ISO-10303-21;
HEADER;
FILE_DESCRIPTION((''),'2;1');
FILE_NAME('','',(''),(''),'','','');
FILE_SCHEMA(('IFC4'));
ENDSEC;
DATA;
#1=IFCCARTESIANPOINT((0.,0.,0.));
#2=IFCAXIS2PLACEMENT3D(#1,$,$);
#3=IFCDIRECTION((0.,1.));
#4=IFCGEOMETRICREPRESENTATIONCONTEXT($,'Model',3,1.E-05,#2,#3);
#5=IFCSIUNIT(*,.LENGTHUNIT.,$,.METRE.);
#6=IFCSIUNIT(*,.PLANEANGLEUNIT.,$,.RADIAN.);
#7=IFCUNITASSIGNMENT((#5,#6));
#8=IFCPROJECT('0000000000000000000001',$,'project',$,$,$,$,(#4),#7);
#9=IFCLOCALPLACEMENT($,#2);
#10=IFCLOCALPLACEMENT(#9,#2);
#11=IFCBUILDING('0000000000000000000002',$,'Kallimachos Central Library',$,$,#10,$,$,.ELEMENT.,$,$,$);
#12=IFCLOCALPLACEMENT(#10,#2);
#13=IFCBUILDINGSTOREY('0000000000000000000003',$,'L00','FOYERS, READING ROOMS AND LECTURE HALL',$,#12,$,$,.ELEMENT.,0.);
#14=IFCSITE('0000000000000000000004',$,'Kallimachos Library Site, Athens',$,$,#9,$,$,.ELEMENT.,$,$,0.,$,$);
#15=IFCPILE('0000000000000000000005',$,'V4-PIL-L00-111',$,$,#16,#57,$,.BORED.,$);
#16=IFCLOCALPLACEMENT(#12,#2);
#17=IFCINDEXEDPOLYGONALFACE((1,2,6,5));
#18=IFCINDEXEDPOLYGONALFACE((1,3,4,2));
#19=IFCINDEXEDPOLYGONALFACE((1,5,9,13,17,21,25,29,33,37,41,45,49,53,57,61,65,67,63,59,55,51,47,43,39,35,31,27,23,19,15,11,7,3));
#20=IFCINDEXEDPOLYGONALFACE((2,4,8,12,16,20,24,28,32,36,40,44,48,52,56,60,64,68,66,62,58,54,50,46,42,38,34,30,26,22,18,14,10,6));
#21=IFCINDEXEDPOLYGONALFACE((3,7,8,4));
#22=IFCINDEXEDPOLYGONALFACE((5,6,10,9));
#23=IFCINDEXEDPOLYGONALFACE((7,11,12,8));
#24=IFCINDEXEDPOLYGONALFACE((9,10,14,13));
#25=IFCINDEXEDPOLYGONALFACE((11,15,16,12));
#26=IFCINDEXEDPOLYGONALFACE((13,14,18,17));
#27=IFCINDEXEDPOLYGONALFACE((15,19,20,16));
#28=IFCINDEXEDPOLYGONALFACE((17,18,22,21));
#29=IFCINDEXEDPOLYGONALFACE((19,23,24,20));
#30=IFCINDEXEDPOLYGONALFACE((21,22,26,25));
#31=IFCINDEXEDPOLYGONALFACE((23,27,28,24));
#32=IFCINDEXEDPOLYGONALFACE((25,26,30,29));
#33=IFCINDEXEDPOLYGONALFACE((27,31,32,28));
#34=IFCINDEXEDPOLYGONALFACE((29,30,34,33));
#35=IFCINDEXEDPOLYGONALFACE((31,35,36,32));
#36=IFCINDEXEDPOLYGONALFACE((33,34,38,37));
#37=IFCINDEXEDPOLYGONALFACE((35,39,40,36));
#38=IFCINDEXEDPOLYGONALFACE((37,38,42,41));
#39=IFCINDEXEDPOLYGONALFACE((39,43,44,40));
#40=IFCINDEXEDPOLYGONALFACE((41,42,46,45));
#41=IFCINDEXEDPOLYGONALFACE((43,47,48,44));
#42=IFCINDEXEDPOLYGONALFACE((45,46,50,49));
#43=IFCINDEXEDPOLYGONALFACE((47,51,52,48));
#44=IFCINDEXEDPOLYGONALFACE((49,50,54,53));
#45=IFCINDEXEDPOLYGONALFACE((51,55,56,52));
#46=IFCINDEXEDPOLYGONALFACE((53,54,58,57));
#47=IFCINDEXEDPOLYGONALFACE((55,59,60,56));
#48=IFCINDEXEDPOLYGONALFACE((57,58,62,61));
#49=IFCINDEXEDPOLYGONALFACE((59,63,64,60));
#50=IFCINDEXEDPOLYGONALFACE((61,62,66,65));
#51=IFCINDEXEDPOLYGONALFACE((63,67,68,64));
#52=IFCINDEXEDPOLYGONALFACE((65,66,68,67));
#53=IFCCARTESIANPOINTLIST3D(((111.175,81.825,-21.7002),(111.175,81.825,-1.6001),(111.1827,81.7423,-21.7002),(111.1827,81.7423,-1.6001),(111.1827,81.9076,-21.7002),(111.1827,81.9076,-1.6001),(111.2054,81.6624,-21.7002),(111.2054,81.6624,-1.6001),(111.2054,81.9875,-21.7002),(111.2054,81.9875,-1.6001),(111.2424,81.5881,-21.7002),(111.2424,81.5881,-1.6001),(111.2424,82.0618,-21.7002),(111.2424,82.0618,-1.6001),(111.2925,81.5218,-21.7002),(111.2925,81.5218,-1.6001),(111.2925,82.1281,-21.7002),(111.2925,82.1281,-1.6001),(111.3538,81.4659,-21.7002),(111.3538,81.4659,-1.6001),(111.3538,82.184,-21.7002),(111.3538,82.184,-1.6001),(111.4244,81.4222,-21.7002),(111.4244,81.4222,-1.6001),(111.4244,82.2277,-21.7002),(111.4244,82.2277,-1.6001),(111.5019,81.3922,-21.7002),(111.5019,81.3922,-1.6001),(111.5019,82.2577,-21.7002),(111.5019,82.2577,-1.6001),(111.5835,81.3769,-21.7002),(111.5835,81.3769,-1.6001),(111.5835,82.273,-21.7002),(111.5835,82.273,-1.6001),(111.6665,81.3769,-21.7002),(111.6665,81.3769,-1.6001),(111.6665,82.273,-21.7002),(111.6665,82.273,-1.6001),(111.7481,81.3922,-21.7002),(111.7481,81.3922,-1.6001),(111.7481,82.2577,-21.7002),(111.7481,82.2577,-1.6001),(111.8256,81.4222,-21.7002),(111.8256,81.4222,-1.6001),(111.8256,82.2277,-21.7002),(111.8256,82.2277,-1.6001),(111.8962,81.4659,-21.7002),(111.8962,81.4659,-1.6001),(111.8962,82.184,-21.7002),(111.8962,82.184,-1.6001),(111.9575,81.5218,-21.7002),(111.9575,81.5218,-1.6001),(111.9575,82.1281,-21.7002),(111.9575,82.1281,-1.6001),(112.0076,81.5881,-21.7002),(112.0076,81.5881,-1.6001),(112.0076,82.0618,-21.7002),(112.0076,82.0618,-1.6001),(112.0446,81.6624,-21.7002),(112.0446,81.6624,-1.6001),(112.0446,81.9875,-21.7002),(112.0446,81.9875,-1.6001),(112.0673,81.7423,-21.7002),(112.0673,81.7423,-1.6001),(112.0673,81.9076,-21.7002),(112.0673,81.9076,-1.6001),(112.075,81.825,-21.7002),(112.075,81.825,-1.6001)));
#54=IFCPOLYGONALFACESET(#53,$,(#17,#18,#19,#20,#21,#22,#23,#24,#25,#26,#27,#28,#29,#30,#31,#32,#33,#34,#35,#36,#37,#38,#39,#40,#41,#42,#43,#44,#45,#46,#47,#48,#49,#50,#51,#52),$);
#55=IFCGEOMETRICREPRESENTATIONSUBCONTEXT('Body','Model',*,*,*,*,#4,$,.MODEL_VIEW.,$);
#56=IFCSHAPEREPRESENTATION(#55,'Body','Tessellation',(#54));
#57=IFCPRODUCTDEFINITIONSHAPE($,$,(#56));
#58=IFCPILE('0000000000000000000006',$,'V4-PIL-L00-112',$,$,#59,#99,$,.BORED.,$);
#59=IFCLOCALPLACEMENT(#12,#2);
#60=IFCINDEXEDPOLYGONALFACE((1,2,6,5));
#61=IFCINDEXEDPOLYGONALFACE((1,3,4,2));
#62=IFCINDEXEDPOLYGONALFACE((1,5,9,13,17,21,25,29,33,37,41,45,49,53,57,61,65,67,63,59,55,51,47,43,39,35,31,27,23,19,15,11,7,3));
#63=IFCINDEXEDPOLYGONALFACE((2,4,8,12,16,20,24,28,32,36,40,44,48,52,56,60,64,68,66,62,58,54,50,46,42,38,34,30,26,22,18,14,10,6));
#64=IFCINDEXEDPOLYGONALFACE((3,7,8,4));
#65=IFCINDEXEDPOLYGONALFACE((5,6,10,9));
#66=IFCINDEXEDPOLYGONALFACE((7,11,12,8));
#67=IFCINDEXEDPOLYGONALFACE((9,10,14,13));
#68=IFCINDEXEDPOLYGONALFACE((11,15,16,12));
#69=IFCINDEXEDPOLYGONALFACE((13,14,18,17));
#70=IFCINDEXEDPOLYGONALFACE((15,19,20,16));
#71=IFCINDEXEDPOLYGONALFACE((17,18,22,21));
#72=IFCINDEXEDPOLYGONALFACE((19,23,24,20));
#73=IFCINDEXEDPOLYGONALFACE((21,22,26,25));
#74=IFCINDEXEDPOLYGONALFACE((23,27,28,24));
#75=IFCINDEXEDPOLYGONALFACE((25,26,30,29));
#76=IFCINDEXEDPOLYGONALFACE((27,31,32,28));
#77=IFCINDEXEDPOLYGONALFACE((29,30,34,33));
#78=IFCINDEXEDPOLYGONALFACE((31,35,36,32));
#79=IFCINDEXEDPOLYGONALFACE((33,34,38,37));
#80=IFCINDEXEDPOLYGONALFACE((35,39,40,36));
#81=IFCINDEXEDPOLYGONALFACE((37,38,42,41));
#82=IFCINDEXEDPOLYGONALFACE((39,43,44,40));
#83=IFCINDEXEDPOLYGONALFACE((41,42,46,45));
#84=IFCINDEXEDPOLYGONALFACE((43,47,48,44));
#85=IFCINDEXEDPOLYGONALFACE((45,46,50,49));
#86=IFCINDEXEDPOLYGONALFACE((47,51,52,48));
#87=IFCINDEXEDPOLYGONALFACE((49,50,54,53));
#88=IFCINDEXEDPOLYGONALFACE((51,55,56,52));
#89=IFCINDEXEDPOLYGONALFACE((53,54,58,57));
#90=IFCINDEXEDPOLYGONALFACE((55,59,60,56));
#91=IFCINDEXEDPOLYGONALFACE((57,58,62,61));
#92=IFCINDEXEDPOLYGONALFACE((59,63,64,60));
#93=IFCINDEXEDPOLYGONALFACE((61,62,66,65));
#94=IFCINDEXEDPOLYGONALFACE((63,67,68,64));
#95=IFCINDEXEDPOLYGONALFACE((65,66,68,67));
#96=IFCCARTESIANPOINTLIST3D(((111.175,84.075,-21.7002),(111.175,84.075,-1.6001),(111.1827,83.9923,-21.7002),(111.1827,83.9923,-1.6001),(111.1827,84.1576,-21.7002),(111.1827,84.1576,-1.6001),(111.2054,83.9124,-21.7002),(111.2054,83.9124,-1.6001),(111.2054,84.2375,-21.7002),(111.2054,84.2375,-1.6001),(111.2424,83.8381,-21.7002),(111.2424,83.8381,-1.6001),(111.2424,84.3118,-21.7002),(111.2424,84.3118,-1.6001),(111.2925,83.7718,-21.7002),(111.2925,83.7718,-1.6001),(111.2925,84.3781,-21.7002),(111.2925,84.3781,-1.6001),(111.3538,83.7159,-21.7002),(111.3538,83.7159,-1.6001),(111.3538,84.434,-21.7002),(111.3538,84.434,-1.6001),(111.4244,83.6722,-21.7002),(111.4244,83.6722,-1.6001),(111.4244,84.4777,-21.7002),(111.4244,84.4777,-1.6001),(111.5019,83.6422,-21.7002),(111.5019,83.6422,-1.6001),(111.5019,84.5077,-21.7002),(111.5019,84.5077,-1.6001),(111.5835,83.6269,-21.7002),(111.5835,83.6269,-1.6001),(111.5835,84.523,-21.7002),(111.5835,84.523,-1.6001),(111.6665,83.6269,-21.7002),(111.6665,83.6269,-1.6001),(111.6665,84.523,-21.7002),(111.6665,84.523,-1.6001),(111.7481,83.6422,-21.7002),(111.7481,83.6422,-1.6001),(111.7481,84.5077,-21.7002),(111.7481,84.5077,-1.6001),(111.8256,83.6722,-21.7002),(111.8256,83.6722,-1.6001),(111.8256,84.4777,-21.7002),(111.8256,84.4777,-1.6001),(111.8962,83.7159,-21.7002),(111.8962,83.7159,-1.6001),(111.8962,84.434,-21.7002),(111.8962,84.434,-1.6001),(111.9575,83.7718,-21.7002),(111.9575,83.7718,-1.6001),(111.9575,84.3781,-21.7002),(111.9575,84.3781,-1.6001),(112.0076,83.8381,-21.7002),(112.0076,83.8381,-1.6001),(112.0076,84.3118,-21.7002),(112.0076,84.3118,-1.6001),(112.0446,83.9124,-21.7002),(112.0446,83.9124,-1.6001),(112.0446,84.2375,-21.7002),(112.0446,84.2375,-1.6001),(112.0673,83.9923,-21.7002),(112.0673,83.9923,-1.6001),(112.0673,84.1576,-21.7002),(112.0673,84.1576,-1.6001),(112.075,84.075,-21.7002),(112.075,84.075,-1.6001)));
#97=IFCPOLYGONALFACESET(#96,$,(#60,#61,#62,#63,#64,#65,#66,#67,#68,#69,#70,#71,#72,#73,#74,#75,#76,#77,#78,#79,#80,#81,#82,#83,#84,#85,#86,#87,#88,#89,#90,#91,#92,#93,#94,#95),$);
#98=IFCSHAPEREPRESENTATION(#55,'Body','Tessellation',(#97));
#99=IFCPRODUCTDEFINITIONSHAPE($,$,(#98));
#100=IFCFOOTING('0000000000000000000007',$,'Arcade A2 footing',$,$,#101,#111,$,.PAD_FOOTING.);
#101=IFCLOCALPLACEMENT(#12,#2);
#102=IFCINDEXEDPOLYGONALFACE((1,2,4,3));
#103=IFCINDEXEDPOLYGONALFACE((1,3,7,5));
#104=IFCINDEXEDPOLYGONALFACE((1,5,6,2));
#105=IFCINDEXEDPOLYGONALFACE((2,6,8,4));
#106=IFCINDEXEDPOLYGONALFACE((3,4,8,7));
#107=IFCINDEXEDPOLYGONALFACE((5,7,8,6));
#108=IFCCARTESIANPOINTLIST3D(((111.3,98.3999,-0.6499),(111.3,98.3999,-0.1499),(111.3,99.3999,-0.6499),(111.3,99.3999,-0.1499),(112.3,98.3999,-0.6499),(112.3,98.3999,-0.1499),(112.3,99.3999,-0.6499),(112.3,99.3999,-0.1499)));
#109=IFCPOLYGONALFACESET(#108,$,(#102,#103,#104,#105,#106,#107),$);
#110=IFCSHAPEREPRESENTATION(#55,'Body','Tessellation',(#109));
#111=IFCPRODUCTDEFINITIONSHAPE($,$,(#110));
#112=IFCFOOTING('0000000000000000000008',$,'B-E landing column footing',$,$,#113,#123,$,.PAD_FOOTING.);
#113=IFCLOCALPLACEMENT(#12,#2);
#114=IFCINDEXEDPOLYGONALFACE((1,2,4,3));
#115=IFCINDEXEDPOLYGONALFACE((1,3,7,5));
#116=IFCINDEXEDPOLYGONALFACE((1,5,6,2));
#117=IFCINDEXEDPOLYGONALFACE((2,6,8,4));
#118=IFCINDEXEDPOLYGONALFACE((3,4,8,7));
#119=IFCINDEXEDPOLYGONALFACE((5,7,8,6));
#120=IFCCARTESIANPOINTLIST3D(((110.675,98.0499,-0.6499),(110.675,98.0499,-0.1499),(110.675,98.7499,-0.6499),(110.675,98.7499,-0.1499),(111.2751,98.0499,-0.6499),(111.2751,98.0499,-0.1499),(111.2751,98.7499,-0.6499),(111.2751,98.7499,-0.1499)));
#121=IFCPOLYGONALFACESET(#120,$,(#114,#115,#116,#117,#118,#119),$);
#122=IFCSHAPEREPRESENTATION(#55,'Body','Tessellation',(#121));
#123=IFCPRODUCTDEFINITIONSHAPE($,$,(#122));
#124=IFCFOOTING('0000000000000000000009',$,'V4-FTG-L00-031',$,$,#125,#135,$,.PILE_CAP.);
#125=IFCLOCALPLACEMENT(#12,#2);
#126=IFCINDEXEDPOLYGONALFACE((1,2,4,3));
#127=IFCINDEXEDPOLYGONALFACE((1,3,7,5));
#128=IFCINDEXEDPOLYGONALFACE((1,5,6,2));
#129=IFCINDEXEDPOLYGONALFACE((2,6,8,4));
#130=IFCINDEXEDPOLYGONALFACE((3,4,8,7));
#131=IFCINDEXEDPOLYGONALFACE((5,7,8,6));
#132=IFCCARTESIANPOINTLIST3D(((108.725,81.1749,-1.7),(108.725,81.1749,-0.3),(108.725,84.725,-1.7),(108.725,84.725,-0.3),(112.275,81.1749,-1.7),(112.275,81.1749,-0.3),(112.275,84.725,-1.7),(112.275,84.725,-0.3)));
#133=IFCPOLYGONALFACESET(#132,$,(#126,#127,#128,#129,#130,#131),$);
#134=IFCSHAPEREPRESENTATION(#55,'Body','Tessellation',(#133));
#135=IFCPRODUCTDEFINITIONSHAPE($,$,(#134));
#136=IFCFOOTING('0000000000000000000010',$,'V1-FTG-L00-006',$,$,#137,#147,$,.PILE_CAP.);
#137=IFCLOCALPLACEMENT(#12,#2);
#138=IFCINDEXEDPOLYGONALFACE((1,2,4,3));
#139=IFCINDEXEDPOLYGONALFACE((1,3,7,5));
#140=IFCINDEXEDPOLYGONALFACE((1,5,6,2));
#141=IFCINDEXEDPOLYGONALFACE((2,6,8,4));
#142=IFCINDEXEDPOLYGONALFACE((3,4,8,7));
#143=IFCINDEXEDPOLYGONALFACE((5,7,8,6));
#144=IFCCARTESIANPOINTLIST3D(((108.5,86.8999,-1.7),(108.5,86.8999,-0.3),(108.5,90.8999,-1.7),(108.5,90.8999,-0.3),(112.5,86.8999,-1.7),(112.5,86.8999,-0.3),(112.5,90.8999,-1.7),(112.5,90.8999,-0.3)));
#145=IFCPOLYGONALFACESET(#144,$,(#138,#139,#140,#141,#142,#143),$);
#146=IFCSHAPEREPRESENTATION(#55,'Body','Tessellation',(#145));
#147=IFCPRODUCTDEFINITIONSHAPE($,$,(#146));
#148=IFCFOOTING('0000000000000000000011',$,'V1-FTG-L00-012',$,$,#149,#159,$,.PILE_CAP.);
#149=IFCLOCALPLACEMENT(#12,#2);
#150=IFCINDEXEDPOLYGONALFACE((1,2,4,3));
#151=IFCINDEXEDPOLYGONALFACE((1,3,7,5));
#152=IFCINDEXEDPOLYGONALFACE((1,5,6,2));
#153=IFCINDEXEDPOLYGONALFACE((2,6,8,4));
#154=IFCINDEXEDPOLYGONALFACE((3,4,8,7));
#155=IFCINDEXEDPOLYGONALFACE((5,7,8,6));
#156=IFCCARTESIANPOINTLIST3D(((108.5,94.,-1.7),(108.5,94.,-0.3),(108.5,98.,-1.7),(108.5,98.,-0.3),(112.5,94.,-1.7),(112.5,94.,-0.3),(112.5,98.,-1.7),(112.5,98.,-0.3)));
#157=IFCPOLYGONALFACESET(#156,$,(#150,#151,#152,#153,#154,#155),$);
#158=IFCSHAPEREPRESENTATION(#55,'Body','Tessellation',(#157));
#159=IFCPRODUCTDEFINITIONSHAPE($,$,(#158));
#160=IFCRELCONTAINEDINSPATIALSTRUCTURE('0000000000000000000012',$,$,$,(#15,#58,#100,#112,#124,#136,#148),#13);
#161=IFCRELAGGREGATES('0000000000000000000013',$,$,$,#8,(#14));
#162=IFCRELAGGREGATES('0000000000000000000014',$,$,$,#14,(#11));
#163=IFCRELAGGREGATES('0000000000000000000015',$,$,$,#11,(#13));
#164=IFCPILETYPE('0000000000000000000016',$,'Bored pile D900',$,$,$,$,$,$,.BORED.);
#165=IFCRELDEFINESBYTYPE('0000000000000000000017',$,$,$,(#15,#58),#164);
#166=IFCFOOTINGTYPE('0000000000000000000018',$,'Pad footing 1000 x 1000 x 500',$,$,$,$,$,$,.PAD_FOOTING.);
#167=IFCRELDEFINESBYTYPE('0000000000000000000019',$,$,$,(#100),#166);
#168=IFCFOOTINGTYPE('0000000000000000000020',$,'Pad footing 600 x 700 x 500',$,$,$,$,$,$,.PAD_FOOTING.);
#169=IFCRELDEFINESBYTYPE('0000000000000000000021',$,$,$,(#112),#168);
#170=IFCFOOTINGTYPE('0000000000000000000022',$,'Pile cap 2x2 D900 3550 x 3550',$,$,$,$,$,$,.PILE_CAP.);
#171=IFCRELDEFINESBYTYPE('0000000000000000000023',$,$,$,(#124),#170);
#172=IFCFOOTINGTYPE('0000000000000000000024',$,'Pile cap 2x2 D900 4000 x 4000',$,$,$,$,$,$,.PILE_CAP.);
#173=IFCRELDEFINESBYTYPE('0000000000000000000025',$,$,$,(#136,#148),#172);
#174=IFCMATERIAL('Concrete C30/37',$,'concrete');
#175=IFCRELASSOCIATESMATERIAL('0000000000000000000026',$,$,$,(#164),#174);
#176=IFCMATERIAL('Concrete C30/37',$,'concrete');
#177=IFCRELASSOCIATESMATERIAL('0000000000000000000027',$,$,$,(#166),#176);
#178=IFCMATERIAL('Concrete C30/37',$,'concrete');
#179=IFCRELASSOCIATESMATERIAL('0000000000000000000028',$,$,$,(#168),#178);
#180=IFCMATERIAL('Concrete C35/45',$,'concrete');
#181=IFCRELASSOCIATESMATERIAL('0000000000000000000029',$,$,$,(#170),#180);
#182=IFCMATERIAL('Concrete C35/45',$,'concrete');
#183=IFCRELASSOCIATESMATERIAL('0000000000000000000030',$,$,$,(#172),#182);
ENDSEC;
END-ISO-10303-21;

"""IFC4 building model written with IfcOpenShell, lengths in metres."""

from ifc_helpers import new_model, si_unit, direction, frame, origin, origin_2d, place, context, subcontext, project, spatial, rectangle, circle, extrude, material, type_object, element, save


model = new_model("IFC4")

# Units and contexts
model_context = context("Model", 3, precision=1e-05, world=origin(), true_north=direction((0.0, 1.0)))
body_context = subcontext(model_context, "Body", "Model", "MODEL_VIEW")
ifc_project = project(units=[si_unit("LENGTHUNIT", "METRE"), si_unit("PLANEANGLEUNIT", "RADIAN")], contexts=[model_context])

# Site, building, storey
site_placement = place(None, origin())
site = spatial("IfcSite", under=ifc_project, at=site_placement, Name="Kallimachos Library Site, Athens", CompositionType="ELEMENT", RefElevation=0.0)
building_placement = place(site_placement, origin())
building = spatial("IfcBuilding", under=site, at=building_placement, Name="Kallimachos Central Library", CompositionType="ELEMENT")
storey_placement = place(building_placement, origin())
storey = spatial("IfcBuildingStorey", under=building, at=storey_placement, Name="L00", Description="FOYERS, READING ROOMS AND LECTURE HALL", CompositionType="ELEMENT", Elevation=0.0)

# Piles
ifc_material_1 = material(Name="Concrete C30/37", Category="concrete")
pile_type = type_object("IfcPileType", Name="Bored pile D900", PredefinedType="BORED", material=ifc_material_1)
for number, where, z_axis, x_axis, name in (
    (1, (111.625, 81.825, -1.6001), (0.0, 0.0, -1.0), (1.0, 0.0, 0.0), "V4-PIL-L00-111"),
    (2, (111.625, 84.075, -1.6001), (0.0, 0.0, -1.0), (1.0, 0.0, 0.0), "V4-PIL-L00-112"),
):
    element("IfcPile", number, at=place(storey_placement, frame(where, z_axis=z_axis, x_axis=x_axis)), inside=storey, type_object=pile_type, Name=name, PredefinedType="BORED", context=body_context, shape_type="SweptSolid", body=[
        extrude(circle(Radius=0.45, at=origin_2d()), origin(), (0.0, 0.0, 1.0), 20.1001),
    ])

# Footings
ifc_material_2 = material(Name="Concrete C30/37", Category="concrete")
footing_type_1 = type_object("IfcFootingType", Name="Pad footing 1000 x 1000 x 500", PredefinedType="PAD_FOOTING", material=ifc_material_2)
footing_1_placement = place(storey_placement, frame((111.8, 98.8999, -0.6499), z_axis=(0.0, 0.0, 1.0), x_axis=(1.0, 0.0, 0.0)))
element("IfcFooting", 3, at=footing_1_placement, inside=storey, type_object=footing_type_1, Name="Arcade A2 footing", PredefinedType="PAD_FOOTING", context=body_context, shape_type="SweptSolid", body=[
    extrude(rectangle(XDim=1.0, YDim=1.0, at=origin_2d()), origin(), (0.0, 0.0, 1.0), 0.5),
])
ifc_material_3 = material(Name="Concrete C30/37", Category="concrete")
footing_type_2 = type_object("IfcFootingType", Name="Pad footing 600 x 700 x 500", PredefinedType="PAD_FOOTING", material=ifc_material_3)
footing_2_placement = place(storey_placement, frame((110.9751, 98.3999, -0.6499), z_axis=(0.0, 0.0, 1.0), x_axis=(1.0, 0.0, 0.0)))
element("IfcFooting", 4, at=footing_2_placement, inside=storey, type_object=footing_type_2, Name="B-E landing column footing", PredefinedType="PAD_FOOTING", context=body_context, shape_type="SweptSolid", body=[
    extrude(rectangle(XDim=0.6001, YDim=0.7, at=origin_2d()), origin(), (0.0, 0.0, 1.0), 0.5),
])
ifc_material_4 = material(Name="Concrete C35/45", Category="concrete")
footing_type_3 = type_object("IfcFootingType", Name="Pile cap 2x2 D900 3550 x 3550", PredefinedType="PILE_CAP", material=ifc_material_4)
footing_3_placement = place(storey_placement, frame((110.5, 82.95, -1.7), z_axis=(0.0, 0.0, 1.0), x_axis=(1.0, 0.0, 0.0)))
element("IfcFooting", 5, at=footing_3_placement, inside=storey, type_object=footing_type_3, Name="V4-FTG-L00-031", PredefinedType="PILE_CAP", context=body_context, shape_type="SweptSolid", body=[
    extrude(rectangle(XDim=3.55, YDim=3.55, at=origin_2d()), origin(), (0.0, 0.0, 1.0), 1.3999),
])
ifc_material_5 = material(Name="Concrete C35/45", Category="concrete")
footing_type_4 = type_object("IfcFootingType", Name="Pile cap 2x2 D900 4000 x 4000", PredefinedType="PILE_CAP", material=ifc_material_5)
for number, where, z_axis, x_axis, name in (
    (6, (110.5, 88.8999, -1.7), (0.0, 0.0, 1.0), (1.0, 0.0, 0.0), "V1-FTG-L00-006"),
    (7, (110.5, 96.0, -1.7), (0.0, 0.0, 1.0), (1.0, 0.0, 0.0), "V1-FTG-L00-012"),
):
    element("IfcFooting", number, at=place(storey_placement, frame(where, z_axis=z_axis, x_axis=x_axis)), inside=storey, type_object=footing_type_4, Name=name, PredefinedType="PILE_CAP", context=body_context, shape_type="SweptSolid", body=[
        extrude(rectangle(XDim=4.0, YDim=4.0, at=origin_2d()), origin(), (0.0, 0.0, 1.0), 1.3999),
    ])

save(model, "model.ifc")
